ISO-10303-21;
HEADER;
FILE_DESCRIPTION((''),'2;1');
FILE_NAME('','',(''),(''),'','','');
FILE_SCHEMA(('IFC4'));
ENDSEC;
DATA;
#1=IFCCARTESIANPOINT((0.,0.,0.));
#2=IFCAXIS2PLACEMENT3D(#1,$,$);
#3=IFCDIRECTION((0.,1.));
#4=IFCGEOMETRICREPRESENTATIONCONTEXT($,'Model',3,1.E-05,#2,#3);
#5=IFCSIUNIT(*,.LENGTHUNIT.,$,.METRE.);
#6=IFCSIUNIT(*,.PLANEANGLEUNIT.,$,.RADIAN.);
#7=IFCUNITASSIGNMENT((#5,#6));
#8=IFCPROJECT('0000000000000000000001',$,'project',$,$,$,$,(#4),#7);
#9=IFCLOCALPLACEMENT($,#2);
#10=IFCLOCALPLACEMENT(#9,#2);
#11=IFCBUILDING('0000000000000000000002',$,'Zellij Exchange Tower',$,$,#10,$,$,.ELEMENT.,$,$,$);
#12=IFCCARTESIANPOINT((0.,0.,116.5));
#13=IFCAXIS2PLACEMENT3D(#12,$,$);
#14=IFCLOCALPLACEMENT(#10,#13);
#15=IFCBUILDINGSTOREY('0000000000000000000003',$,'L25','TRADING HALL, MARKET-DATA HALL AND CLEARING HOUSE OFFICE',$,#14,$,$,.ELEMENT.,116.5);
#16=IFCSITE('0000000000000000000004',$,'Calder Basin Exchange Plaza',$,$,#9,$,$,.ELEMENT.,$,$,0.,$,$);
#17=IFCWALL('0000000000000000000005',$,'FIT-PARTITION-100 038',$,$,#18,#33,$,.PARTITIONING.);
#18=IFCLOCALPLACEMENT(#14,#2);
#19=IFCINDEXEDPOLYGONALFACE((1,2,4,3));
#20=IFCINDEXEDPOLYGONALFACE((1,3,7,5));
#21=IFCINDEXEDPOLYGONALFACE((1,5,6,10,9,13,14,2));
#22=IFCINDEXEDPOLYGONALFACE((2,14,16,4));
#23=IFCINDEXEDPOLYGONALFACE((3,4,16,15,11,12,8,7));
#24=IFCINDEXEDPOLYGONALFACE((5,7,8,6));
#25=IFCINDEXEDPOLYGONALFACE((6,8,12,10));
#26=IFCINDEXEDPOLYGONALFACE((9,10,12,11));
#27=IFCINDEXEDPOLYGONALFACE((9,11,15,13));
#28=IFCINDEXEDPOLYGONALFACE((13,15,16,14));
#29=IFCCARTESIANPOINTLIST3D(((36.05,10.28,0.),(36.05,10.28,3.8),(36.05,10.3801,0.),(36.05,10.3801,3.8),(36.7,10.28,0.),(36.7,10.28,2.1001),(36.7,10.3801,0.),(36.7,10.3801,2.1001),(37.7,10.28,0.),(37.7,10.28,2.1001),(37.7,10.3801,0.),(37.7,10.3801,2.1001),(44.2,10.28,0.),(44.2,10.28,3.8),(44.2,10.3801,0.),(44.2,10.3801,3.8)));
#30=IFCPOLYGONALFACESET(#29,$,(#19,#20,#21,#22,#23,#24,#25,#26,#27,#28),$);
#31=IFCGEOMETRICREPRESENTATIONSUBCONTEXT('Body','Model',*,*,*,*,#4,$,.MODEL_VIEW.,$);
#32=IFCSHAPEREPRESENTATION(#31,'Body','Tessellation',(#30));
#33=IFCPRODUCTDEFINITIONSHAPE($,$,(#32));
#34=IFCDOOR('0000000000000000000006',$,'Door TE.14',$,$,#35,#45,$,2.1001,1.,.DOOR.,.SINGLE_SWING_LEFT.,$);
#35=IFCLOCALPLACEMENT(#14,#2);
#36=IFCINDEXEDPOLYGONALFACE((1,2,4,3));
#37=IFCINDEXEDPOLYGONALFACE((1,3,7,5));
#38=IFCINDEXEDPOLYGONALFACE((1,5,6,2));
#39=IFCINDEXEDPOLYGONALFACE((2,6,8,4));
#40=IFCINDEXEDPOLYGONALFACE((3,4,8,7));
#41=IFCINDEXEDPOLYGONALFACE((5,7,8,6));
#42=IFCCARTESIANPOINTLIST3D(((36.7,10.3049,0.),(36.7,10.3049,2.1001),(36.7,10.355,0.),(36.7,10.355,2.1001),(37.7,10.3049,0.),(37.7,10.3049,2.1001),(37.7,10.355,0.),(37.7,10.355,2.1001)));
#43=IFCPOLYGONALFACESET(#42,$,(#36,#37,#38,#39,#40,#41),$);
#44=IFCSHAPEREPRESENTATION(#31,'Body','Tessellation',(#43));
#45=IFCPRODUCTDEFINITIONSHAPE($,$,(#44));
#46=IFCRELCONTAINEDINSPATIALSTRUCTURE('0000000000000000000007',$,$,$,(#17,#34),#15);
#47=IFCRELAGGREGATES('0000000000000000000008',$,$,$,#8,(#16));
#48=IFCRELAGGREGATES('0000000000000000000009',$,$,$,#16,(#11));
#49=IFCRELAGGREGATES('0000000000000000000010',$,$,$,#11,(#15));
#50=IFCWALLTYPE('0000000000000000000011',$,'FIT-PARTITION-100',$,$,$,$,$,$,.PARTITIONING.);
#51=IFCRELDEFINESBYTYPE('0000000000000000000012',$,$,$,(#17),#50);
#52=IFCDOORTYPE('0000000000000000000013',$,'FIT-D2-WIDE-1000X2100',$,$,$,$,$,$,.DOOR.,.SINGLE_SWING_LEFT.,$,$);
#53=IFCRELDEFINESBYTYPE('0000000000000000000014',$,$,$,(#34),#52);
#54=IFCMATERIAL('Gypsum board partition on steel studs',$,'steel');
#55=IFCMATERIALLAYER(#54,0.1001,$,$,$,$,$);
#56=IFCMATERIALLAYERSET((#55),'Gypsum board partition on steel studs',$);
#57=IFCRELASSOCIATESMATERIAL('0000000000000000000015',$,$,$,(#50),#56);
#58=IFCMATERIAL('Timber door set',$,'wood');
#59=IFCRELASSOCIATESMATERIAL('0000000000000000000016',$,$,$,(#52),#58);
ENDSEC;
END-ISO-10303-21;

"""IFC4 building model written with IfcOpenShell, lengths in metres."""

from ifc_helpers import new_model, si_unit, direction, frame, frame_2d, origin, place, context, subcontext, project, spatial, rectangle, extrude, material, layer, layer_set, type_object, element, fill, save


model = new_model("IFC4")

# Units and contexts
model_context = context("Model", 3, precision=1e-05, world=origin(), true_north=direction((0.0, 1.0)))
body_context = subcontext(model_context, "Body", "Model", "MODEL_VIEW")
ifc_project = project(units=[si_unit("LENGTHUNIT", "METRE"), si_unit("PLANEANGLEUNIT", "RADIAN")], contexts=[model_context])

# Site, building, storey
site_placement = place(None, origin())
site = spatial("IfcSite", under=ifc_project, at=site_placement, Name="Calder Basin Exchange Plaza", CompositionType="ELEMENT", RefElevation=0.0)
building_placement = place(site_placement, origin())
building = spatial("IfcBuilding", under=site, at=building_placement, Name="Zellij Exchange Tower", CompositionType="ELEMENT")
storey_placement = place(building_placement, frame((0.0, 0.0, 116.5)))
storey = spatial("IfcBuildingStorey", under=building, at=storey_placement, Name="L25", Description="TRADING HALL, MARKET-DATA HALL AND CLEARING HOUSE OFFICE", CompositionType="ELEMENT", Elevation=116.5)

# Shared definitions
ifc_material_1 = material(Name="Gypsum board partition on steel studs", Category="steel")
ifc_layer_1 = layer(ifc_material_1, 0.1001)
ifc_layer_set_1 = layer_set([ifc_layer_1], Name="Gypsum board partition on steel studs")
wall_type_1 = type_object("IfcWallType", Name="FIT-PARTITION-100", PredefinedType="PARTITIONING", material=ifc_layer_set_1)

# Wall, opening, door
wall_1_placement = place(storey_placement, frame((36.05, 10.3301, 0.0), z_axis=(0.0, 0.0, 1.0), x_axis=(1.0, 0.0, 0.0)))
wall_1 = element("IfcWall", 1, at=wall_1_placement, inside=storey, type_object=wall_type_1, Name="FIT-PARTITION-100 038", PredefinedType="PARTITIONING", context=body_context, shape_type="SweptSolid", body=[
    extrude(rectangle(XDim=8.1499, YDim=0.1001, at=frame_2d((4.075, 0.0))), origin(), (0.0, 0.0, 1.0), 3.8),
])
opening_1_placement = place(wall_1_placement, frame((0.6499, 0.0, 0.0)))
opening_1 = element("IfcOpeningElement", 2, at=opening_1_placement, cuts=wall_1, PredefinedType="OPENING", context=body_context, shape_type="SweptSolid", body=[
    extrude(rectangle(XDim=1.0, YDim=2.1001, at=frame_2d((0.5, 1.05))), frame((0.0, 0.062, 0.0), z_axis=(0.0, -1.0, 0.0), x_axis=(1.0, 0.0, 0.0)), (0.0, 0.0, 1.0), 0.124),
])
ifc_material_2 = material(Name="Timber door set", Category="wood")
door_type = type_object("IfcDoorType", Name="FIT-D2-WIDE-1000X2100", OperationType="SINGLE_SWING_LEFT", PredefinedType="DOOR", material=ifc_material_2)
door_placement = place(opening_1_placement, origin())
door = element("IfcDoor", 3, at=door_placement, inside=storey, type_object=door_type, Name="Door TE.14", OperationType="SINGLE_SWING_LEFT", OverallHeight=2.1001, OverallWidth=1.0, PredefinedType="DOOR", context=body_context, shape_type="SweptSolid", body=[
    extrude(rectangle(XDim=1.0, YDim=2.1001, at=frame_2d((0.5, 1.05))), frame((0.0, 0.0249, 0.0), z_axis=(0.0, -1.0, 0.0), x_axis=(1.0, 0.0, 0.0)), (0.0, 0.0, 1.0), 0.05),
])
fill(opening_1, door)

save(model, "model.ifc")
